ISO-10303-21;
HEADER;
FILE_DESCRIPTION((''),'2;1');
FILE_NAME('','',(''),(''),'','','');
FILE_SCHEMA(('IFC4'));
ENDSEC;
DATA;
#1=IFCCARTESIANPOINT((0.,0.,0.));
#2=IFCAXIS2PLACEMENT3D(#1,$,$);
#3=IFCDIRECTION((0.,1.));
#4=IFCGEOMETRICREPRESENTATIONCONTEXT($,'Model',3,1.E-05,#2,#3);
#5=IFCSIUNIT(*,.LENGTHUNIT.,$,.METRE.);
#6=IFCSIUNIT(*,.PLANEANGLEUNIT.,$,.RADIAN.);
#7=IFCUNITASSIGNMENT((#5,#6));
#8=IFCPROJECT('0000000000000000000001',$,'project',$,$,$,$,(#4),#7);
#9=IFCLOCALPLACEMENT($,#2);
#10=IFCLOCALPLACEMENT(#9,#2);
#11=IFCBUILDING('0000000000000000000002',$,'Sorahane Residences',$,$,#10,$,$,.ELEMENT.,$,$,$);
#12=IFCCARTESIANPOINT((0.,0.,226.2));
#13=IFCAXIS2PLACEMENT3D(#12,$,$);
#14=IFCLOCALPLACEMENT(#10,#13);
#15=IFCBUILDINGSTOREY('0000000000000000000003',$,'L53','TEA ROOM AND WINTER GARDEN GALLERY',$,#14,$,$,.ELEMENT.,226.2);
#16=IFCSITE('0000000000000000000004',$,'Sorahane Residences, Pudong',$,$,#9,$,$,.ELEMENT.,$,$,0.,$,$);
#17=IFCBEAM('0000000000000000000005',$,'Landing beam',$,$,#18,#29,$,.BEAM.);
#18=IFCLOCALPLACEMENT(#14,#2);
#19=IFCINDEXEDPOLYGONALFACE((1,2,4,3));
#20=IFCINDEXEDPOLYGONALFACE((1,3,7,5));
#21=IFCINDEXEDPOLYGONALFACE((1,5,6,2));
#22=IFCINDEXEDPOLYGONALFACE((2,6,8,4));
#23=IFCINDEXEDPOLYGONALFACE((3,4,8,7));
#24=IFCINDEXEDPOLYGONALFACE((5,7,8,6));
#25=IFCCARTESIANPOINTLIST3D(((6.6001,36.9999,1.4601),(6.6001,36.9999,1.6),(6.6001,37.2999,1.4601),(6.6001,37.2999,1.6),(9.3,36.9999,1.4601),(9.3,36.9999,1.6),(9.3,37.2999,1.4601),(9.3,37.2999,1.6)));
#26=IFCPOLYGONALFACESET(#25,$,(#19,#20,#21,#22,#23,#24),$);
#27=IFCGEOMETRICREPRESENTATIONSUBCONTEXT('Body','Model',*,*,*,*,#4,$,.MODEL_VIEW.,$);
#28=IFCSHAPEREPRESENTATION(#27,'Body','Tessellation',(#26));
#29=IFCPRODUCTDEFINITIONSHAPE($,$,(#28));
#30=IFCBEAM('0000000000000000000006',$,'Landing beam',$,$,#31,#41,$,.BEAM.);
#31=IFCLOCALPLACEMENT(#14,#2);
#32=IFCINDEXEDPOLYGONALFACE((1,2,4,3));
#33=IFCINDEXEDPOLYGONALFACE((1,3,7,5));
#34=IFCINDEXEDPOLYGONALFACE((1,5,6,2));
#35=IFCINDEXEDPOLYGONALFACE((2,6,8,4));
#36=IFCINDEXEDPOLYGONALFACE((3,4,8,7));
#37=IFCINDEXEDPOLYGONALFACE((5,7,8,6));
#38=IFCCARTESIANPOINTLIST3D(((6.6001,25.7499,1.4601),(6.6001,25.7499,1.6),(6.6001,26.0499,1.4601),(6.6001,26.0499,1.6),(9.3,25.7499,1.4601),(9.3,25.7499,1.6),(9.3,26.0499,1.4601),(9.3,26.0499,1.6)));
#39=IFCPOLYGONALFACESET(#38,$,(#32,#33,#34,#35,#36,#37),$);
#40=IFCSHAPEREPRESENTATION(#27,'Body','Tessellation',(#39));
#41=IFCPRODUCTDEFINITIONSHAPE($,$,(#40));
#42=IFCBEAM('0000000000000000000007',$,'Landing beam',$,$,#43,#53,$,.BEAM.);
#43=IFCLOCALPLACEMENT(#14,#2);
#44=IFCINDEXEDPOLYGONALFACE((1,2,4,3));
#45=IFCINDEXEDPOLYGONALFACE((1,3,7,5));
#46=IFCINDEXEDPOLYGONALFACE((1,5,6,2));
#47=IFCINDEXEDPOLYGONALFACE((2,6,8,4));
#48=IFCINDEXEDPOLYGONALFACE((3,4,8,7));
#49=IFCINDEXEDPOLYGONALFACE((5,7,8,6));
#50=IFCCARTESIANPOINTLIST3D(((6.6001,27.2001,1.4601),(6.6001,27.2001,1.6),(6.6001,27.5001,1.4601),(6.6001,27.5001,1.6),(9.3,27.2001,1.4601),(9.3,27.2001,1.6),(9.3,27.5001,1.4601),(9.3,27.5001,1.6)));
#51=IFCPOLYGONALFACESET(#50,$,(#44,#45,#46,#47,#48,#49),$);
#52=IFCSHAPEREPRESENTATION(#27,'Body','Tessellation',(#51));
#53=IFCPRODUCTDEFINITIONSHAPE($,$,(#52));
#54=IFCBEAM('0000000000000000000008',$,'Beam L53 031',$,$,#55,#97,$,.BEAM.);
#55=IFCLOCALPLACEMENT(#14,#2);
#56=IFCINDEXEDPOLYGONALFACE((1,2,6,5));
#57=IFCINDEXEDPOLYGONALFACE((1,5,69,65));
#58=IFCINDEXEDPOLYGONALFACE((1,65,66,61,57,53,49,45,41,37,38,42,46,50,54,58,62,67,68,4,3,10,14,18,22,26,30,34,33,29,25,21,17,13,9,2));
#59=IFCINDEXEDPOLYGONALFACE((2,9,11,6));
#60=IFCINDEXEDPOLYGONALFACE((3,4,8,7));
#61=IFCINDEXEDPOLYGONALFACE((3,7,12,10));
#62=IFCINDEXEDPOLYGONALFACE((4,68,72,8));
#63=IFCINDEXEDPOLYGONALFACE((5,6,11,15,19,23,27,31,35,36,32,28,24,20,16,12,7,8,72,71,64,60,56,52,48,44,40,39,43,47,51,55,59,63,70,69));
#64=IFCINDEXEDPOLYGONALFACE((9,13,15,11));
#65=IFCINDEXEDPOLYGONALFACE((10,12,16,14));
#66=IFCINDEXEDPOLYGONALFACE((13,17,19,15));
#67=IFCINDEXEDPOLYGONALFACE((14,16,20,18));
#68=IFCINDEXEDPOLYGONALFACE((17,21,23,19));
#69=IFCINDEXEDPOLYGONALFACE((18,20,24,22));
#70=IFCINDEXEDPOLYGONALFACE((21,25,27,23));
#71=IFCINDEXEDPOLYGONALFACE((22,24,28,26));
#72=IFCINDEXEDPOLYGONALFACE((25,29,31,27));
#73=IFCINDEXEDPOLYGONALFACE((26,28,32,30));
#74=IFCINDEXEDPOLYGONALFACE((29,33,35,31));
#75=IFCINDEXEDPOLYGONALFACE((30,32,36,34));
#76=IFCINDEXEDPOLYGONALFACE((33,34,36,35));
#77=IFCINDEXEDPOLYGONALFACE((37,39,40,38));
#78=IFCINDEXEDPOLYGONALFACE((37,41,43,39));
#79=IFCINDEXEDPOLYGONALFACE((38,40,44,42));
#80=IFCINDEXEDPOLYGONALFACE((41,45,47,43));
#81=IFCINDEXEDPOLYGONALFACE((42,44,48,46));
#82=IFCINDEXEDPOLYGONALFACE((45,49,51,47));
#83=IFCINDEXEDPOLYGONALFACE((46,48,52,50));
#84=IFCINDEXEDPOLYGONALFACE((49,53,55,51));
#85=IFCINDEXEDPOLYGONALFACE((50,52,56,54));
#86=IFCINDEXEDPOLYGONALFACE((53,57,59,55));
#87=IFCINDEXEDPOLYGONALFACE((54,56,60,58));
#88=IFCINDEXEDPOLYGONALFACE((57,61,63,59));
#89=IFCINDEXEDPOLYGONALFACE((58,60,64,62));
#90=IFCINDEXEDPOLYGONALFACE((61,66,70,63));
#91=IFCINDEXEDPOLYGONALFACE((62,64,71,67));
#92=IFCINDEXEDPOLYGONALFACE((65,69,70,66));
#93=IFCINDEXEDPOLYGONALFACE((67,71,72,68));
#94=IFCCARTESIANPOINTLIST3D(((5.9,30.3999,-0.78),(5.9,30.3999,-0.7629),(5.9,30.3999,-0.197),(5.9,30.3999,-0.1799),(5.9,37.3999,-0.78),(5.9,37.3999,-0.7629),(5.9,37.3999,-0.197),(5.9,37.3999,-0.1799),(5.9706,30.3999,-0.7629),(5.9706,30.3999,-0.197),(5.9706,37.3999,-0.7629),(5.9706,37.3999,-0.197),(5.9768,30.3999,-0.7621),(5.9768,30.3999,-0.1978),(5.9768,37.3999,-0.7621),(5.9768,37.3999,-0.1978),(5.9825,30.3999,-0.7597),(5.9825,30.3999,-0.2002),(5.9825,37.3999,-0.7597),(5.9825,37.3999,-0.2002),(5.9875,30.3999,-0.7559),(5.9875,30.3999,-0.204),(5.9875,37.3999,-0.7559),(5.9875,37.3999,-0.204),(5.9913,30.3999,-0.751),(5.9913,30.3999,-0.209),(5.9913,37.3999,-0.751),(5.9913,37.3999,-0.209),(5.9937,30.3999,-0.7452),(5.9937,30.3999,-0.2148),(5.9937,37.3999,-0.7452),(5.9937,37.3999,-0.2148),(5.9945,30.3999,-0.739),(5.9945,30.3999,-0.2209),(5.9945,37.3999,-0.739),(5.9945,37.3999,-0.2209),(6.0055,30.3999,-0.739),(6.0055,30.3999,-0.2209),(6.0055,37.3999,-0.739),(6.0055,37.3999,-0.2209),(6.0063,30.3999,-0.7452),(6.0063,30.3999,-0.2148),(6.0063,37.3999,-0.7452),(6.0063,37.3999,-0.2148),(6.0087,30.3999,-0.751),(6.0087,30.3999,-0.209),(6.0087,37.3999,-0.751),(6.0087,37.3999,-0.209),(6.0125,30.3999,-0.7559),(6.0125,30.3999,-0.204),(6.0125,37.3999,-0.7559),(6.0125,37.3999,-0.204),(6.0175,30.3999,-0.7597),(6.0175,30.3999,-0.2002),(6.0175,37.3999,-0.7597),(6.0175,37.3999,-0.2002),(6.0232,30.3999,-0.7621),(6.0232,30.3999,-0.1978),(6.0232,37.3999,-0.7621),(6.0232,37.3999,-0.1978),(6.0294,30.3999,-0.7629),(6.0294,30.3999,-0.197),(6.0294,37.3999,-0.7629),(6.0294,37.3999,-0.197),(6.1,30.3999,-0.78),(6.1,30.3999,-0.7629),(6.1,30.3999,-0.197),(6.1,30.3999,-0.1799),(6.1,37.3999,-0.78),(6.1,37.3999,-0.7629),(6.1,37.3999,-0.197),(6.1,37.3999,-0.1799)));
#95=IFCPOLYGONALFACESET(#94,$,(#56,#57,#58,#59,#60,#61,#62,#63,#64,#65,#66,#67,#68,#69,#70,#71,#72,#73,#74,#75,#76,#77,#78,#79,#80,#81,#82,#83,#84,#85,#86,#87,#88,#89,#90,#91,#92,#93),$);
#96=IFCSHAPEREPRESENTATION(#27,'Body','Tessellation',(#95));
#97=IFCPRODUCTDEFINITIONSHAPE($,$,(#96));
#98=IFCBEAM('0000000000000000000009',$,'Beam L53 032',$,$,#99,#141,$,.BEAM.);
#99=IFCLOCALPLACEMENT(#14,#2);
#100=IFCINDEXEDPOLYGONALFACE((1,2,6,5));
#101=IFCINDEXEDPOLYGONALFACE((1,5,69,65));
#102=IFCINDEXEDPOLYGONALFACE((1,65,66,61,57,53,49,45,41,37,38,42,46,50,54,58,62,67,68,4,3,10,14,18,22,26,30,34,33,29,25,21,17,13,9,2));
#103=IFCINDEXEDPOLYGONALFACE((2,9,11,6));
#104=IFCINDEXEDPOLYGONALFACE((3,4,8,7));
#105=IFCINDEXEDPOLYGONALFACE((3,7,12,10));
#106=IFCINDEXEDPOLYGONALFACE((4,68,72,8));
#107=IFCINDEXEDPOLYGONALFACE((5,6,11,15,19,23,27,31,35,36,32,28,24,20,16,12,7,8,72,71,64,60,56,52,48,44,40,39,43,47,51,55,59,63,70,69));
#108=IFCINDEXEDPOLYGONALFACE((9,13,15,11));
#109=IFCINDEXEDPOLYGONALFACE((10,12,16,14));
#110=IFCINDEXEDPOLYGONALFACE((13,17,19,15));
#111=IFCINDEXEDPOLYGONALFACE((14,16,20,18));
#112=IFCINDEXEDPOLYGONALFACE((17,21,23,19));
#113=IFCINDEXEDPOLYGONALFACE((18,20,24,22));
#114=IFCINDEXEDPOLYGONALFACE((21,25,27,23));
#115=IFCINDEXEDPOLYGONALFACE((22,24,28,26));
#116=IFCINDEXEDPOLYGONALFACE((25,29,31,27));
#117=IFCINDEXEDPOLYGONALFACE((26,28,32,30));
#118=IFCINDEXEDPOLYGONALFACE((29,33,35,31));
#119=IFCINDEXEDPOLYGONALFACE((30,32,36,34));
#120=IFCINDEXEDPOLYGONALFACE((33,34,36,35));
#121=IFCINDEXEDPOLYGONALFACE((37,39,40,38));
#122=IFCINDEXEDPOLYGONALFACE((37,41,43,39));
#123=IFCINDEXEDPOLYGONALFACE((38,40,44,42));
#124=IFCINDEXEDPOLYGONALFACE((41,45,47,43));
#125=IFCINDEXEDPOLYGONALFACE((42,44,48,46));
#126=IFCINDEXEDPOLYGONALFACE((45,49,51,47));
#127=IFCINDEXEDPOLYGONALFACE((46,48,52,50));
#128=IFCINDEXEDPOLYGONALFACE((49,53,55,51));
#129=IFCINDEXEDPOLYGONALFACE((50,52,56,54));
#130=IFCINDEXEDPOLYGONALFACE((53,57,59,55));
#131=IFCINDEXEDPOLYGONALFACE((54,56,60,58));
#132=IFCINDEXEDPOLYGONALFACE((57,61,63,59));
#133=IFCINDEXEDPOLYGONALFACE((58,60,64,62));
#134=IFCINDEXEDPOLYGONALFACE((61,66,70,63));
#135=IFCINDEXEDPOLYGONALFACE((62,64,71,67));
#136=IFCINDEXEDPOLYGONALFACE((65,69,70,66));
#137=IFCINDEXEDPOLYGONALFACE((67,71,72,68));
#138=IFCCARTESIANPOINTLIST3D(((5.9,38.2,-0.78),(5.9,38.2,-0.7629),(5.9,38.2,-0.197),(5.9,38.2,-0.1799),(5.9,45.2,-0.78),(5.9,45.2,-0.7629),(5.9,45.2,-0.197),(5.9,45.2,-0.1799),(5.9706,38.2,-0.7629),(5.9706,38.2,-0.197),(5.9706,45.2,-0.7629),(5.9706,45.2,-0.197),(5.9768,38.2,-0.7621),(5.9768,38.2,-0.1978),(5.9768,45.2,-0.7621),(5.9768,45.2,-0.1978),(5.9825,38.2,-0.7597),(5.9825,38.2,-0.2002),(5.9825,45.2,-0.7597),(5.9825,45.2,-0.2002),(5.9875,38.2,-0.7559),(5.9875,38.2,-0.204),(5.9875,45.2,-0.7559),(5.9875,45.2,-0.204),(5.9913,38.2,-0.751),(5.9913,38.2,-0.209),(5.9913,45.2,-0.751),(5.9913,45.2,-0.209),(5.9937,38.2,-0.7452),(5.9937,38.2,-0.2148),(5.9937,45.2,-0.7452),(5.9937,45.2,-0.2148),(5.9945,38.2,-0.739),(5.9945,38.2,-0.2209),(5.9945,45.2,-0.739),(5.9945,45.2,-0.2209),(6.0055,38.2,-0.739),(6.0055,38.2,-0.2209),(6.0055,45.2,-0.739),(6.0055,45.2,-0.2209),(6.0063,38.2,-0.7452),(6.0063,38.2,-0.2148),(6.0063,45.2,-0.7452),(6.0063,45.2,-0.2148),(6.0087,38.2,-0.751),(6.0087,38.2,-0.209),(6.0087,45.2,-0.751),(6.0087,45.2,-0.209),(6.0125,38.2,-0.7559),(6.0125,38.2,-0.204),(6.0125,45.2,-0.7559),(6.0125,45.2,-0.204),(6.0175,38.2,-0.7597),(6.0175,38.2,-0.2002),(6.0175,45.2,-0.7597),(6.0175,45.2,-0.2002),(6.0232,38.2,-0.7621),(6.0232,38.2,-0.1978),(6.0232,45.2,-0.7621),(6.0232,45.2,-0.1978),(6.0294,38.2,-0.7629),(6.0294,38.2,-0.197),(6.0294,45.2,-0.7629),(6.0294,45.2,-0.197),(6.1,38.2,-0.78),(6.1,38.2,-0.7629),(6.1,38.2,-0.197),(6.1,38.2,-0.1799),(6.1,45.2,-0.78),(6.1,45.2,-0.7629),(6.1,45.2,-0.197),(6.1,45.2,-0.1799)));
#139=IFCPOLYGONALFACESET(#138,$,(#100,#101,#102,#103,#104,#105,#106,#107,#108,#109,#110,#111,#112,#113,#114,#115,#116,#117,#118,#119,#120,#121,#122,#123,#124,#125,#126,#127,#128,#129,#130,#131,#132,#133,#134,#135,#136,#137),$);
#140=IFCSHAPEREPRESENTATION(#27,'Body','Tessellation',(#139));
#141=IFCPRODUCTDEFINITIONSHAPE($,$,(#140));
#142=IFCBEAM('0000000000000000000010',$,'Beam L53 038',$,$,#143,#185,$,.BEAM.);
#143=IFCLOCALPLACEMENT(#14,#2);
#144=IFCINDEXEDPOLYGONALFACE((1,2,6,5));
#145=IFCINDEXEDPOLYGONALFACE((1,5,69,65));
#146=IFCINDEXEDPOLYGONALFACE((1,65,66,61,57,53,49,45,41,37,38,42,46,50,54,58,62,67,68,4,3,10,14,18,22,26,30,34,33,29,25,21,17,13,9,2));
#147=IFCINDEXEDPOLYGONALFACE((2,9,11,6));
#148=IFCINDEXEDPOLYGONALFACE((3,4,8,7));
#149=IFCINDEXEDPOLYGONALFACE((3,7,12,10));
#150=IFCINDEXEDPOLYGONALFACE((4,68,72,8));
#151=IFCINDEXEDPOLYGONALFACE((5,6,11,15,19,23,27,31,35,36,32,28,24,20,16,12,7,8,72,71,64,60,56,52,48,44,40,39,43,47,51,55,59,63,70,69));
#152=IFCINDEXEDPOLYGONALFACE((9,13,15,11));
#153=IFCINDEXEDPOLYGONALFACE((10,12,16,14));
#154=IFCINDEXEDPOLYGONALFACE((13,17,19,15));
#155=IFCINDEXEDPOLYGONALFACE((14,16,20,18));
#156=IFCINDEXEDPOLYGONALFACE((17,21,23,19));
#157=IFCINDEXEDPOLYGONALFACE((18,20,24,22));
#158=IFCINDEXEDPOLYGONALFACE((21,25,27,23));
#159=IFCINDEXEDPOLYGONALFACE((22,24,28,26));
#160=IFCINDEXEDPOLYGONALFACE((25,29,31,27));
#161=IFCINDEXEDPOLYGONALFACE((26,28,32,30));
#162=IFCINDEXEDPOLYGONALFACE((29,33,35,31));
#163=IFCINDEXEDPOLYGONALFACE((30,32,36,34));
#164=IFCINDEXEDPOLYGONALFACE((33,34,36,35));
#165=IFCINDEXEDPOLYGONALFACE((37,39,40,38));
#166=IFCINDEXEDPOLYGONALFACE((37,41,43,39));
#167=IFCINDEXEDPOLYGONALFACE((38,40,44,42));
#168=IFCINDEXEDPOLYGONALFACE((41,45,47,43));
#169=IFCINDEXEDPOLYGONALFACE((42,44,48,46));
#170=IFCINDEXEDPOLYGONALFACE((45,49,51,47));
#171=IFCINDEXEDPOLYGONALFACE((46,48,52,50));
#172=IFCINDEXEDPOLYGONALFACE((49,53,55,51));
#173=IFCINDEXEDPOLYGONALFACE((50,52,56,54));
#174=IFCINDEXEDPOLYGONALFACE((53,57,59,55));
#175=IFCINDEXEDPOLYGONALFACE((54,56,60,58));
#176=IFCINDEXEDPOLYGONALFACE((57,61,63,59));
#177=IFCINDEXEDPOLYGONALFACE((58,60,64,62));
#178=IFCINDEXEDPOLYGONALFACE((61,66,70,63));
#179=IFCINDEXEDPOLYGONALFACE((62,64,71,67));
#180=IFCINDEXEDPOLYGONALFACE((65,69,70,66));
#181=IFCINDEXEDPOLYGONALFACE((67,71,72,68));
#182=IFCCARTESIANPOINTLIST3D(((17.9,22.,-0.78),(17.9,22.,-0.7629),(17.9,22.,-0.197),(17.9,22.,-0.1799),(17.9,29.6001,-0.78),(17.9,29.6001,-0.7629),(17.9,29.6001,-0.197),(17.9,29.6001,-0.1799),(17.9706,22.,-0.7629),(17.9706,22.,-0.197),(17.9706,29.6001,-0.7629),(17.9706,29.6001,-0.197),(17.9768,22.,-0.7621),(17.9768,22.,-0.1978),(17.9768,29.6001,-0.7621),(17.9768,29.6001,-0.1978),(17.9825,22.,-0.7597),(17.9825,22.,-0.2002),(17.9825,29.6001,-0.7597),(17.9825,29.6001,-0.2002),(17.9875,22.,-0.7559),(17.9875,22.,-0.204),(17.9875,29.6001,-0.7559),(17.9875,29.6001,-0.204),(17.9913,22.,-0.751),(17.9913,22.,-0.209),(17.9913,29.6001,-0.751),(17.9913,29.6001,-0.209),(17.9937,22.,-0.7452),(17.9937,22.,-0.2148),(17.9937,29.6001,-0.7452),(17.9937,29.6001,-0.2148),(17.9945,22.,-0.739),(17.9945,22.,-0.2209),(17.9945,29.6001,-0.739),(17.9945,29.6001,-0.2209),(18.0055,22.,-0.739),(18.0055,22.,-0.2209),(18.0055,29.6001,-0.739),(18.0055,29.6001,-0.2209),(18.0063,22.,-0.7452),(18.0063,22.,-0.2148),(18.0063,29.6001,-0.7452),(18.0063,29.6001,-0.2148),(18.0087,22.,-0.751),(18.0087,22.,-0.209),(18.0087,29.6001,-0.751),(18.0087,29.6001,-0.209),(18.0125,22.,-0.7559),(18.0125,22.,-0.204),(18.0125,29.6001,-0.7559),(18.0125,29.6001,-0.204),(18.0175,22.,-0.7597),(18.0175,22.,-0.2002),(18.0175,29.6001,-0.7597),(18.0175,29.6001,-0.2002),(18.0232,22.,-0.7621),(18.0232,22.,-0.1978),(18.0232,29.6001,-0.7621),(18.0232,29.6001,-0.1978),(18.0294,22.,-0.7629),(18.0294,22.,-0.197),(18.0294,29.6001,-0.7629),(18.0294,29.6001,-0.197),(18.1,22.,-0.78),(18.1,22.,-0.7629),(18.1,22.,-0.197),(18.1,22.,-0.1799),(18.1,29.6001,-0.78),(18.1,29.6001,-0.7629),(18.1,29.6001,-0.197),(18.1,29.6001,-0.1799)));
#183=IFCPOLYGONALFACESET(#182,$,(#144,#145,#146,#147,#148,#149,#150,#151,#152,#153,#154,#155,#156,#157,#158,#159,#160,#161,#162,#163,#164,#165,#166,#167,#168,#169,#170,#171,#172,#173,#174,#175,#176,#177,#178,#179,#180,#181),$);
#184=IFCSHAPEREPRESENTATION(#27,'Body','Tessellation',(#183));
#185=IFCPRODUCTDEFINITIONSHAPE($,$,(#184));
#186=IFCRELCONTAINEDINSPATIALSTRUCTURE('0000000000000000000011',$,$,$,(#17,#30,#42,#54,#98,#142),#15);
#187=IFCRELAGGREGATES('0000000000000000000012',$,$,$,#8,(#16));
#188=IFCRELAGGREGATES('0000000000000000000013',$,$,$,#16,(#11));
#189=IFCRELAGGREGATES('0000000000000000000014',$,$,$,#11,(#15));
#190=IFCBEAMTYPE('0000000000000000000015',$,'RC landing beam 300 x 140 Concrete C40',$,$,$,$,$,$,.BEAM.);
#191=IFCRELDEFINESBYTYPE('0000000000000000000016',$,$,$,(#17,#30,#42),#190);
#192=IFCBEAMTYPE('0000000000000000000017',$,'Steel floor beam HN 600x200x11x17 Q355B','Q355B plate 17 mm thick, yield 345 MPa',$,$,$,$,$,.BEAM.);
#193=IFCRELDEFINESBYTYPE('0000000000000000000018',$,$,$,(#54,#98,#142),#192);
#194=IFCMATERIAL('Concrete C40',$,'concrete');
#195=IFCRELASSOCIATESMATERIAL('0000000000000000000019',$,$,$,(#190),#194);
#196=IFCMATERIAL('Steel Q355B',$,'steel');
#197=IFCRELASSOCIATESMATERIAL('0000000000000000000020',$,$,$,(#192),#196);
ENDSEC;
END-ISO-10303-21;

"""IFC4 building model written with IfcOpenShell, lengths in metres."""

from ifc_helpers import new_model, si_unit, direction, frame, origin, origin_2d, place, context, subcontext, project, spatial, rectangle, i_section, extrude, material, material_profile, profile_set, type_object, element, save


model = new_model("IFC4")

# Units and contexts
model_context = context("Model", 3, precision=1e-05, world=origin(), true_north=direction((0.0, 1.0)))
body_context = subcontext(model_context, "Body", "Model", "MODEL_VIEW")
ifc_project = project(units=[si_unit("LENGTHUNIT", "METRE"), si_unit("PLANEANGLEUNIT", "RADIAN")], contexts=[model_context])

# Site, building, storey
site_placement = place(None, origin())
site = spatial("IfcSite", under=ifc_project, at=site_placement, Name="Sorahane Residences, Pudong", CompositionType="ELEMENT", RefElevation=0.0)
building_placement = place(site_placement, origin())
building = spatial("IfcBuilding", under=site, at=building_placement, Name="Sorahane Residences", CompositionType="ELEMENT")
storey_placement = place(building_placement, frame((0.0, 0.0, 226.2)))
storey = spatial("IfcBuildingStorey", under=building, at=storey_placement, Name="L53", Description="TEA ROOM AND WINTER GARDEN GALLERY", CompositionType="ELEMENT", Elevation=226.2)

# Beams
ifc_material_1 = material(Name="Concrete C40", Category="concrete")
ifc_material_profile_1 = material_profile(ifc_material_1, rectangle(XDim=0.3, YDim=0.1399, at=origin_2d()), Name="300x140")
ifc_profile_set_1 = profile_set([ifc_material_profile_1], Name="Concrete C40")
beam_type_1 = type_object("IfcBeamType", Name="RC landing beam 300 x 140 Concrete C40", PredefinedType="BEAM", material=ifc_profile_set_1)
for number, where, z_axis, x_axis, name in (
    (1, (6.6001, 37.1499, 1.53), (1.0, 0.0, 0.0), (0.0, 1.0, 0.0), "Landing beam"),
    (2, (6.6001, 25.8999, 1.53), (1.0, 0.0, 0.0), (0.0, 1.0, 0.0), "Landing beam"),
    (3, (6.6001, 27.3501, 1.53), (1.0, 0.0, 0.0), (0.0, 1.0, 0.0), "Landing beam"),
):
    element("IfcBeam", number, at=place(storey_placement, frame(where, z_axis=z_axis, x_axis=x_axis)), inside=storey, type_object=beam_type_1, Name=name, PredefinedType="BEAM", context=body_context, shape_type="SweptSolid", body=[
        extrude(rectangle(XDim=0.3, YDim=0.1399, at=origin_2d()), origin(), (0.0, 0.0, 1.0), 2.7),
    ])
ifc_material_2 = material(Name="Steel Q355B", Category="steel")
ifc_material_profile_2 = material_profile(ifc_material_2, i_section(OverallWidth=0.2, OverallDepth=0.6001, WebThickness=0.011, FlangeThickness=0.0171, FilletRadius=0.0239, at=origin_2d()), Name="HN 600x200x11x17")
ifc_profile_set_2 = profile_set([ifc_material_profile_2], Name="Steel Q355B")
beam_type_2 = type_object("IfcBeamType", Name="Steel floor beam HN 600x200x11x17 Q355B", Description="Q355B plate 17 mm thick, yield 345 MPa", PredefinedType="BEAM", material=ifc_profile_set_2)
for number, where, z_axis, x_axis, name in (
    (4, (6.0, 30.3999, -0.48), (0.0, 1.0, 0.0), (-1.0, 0.0, 0.0), "Beam L53 031"),
    (5, (6.0, 38.2, -0.48), (0.0, 1.0, 0.0), (-1.0, 0.0, 0.0), "Beam L53 032"),
):
    element("IfcBeam", number, at=place(storey_placement, frame(where, z_axis=z_axis, x_axis=x_axis)), inside=storey, type_object=beam_type_2, Name=name, PredefinedType="BEAM", context=body_context, shape_type="SweptSolid", body=[
        extrude(i_section(OverallWidth=0.2, OverallDepth=0.6001, WebThickness=0.011, FlangeThickness=0.0171, FilletRadius=0.0239, at=origin_2d()), origin(), (0.0, 0.0, 1.0), 7.0),
    ])
beam_placement = place(storey_placement, frame((18.0, 22.0, -0.48), z_axis=(0.0, 1.0, 0.0), x_axis=(-1.0, 0.0, 0.0)))
element("IfcBeam", 6, at=beam_placement, inside=storey, type_object=beam_type_2, Name="Beam L53 038", PredefinedType="BEAM", context=body_context, shape_type="SweptSolid", body=[
    extrude(i_section(OverallWidth=0.2, OverallDepth=0.6001, WebThickness=0.011, FlangeThickness=0.0171, FilletRadius=0.0239, at=origin_2d()), origin(), (0.0, 0.0, 1.0), 7.6001),
])

save(model, "model.ifc")
